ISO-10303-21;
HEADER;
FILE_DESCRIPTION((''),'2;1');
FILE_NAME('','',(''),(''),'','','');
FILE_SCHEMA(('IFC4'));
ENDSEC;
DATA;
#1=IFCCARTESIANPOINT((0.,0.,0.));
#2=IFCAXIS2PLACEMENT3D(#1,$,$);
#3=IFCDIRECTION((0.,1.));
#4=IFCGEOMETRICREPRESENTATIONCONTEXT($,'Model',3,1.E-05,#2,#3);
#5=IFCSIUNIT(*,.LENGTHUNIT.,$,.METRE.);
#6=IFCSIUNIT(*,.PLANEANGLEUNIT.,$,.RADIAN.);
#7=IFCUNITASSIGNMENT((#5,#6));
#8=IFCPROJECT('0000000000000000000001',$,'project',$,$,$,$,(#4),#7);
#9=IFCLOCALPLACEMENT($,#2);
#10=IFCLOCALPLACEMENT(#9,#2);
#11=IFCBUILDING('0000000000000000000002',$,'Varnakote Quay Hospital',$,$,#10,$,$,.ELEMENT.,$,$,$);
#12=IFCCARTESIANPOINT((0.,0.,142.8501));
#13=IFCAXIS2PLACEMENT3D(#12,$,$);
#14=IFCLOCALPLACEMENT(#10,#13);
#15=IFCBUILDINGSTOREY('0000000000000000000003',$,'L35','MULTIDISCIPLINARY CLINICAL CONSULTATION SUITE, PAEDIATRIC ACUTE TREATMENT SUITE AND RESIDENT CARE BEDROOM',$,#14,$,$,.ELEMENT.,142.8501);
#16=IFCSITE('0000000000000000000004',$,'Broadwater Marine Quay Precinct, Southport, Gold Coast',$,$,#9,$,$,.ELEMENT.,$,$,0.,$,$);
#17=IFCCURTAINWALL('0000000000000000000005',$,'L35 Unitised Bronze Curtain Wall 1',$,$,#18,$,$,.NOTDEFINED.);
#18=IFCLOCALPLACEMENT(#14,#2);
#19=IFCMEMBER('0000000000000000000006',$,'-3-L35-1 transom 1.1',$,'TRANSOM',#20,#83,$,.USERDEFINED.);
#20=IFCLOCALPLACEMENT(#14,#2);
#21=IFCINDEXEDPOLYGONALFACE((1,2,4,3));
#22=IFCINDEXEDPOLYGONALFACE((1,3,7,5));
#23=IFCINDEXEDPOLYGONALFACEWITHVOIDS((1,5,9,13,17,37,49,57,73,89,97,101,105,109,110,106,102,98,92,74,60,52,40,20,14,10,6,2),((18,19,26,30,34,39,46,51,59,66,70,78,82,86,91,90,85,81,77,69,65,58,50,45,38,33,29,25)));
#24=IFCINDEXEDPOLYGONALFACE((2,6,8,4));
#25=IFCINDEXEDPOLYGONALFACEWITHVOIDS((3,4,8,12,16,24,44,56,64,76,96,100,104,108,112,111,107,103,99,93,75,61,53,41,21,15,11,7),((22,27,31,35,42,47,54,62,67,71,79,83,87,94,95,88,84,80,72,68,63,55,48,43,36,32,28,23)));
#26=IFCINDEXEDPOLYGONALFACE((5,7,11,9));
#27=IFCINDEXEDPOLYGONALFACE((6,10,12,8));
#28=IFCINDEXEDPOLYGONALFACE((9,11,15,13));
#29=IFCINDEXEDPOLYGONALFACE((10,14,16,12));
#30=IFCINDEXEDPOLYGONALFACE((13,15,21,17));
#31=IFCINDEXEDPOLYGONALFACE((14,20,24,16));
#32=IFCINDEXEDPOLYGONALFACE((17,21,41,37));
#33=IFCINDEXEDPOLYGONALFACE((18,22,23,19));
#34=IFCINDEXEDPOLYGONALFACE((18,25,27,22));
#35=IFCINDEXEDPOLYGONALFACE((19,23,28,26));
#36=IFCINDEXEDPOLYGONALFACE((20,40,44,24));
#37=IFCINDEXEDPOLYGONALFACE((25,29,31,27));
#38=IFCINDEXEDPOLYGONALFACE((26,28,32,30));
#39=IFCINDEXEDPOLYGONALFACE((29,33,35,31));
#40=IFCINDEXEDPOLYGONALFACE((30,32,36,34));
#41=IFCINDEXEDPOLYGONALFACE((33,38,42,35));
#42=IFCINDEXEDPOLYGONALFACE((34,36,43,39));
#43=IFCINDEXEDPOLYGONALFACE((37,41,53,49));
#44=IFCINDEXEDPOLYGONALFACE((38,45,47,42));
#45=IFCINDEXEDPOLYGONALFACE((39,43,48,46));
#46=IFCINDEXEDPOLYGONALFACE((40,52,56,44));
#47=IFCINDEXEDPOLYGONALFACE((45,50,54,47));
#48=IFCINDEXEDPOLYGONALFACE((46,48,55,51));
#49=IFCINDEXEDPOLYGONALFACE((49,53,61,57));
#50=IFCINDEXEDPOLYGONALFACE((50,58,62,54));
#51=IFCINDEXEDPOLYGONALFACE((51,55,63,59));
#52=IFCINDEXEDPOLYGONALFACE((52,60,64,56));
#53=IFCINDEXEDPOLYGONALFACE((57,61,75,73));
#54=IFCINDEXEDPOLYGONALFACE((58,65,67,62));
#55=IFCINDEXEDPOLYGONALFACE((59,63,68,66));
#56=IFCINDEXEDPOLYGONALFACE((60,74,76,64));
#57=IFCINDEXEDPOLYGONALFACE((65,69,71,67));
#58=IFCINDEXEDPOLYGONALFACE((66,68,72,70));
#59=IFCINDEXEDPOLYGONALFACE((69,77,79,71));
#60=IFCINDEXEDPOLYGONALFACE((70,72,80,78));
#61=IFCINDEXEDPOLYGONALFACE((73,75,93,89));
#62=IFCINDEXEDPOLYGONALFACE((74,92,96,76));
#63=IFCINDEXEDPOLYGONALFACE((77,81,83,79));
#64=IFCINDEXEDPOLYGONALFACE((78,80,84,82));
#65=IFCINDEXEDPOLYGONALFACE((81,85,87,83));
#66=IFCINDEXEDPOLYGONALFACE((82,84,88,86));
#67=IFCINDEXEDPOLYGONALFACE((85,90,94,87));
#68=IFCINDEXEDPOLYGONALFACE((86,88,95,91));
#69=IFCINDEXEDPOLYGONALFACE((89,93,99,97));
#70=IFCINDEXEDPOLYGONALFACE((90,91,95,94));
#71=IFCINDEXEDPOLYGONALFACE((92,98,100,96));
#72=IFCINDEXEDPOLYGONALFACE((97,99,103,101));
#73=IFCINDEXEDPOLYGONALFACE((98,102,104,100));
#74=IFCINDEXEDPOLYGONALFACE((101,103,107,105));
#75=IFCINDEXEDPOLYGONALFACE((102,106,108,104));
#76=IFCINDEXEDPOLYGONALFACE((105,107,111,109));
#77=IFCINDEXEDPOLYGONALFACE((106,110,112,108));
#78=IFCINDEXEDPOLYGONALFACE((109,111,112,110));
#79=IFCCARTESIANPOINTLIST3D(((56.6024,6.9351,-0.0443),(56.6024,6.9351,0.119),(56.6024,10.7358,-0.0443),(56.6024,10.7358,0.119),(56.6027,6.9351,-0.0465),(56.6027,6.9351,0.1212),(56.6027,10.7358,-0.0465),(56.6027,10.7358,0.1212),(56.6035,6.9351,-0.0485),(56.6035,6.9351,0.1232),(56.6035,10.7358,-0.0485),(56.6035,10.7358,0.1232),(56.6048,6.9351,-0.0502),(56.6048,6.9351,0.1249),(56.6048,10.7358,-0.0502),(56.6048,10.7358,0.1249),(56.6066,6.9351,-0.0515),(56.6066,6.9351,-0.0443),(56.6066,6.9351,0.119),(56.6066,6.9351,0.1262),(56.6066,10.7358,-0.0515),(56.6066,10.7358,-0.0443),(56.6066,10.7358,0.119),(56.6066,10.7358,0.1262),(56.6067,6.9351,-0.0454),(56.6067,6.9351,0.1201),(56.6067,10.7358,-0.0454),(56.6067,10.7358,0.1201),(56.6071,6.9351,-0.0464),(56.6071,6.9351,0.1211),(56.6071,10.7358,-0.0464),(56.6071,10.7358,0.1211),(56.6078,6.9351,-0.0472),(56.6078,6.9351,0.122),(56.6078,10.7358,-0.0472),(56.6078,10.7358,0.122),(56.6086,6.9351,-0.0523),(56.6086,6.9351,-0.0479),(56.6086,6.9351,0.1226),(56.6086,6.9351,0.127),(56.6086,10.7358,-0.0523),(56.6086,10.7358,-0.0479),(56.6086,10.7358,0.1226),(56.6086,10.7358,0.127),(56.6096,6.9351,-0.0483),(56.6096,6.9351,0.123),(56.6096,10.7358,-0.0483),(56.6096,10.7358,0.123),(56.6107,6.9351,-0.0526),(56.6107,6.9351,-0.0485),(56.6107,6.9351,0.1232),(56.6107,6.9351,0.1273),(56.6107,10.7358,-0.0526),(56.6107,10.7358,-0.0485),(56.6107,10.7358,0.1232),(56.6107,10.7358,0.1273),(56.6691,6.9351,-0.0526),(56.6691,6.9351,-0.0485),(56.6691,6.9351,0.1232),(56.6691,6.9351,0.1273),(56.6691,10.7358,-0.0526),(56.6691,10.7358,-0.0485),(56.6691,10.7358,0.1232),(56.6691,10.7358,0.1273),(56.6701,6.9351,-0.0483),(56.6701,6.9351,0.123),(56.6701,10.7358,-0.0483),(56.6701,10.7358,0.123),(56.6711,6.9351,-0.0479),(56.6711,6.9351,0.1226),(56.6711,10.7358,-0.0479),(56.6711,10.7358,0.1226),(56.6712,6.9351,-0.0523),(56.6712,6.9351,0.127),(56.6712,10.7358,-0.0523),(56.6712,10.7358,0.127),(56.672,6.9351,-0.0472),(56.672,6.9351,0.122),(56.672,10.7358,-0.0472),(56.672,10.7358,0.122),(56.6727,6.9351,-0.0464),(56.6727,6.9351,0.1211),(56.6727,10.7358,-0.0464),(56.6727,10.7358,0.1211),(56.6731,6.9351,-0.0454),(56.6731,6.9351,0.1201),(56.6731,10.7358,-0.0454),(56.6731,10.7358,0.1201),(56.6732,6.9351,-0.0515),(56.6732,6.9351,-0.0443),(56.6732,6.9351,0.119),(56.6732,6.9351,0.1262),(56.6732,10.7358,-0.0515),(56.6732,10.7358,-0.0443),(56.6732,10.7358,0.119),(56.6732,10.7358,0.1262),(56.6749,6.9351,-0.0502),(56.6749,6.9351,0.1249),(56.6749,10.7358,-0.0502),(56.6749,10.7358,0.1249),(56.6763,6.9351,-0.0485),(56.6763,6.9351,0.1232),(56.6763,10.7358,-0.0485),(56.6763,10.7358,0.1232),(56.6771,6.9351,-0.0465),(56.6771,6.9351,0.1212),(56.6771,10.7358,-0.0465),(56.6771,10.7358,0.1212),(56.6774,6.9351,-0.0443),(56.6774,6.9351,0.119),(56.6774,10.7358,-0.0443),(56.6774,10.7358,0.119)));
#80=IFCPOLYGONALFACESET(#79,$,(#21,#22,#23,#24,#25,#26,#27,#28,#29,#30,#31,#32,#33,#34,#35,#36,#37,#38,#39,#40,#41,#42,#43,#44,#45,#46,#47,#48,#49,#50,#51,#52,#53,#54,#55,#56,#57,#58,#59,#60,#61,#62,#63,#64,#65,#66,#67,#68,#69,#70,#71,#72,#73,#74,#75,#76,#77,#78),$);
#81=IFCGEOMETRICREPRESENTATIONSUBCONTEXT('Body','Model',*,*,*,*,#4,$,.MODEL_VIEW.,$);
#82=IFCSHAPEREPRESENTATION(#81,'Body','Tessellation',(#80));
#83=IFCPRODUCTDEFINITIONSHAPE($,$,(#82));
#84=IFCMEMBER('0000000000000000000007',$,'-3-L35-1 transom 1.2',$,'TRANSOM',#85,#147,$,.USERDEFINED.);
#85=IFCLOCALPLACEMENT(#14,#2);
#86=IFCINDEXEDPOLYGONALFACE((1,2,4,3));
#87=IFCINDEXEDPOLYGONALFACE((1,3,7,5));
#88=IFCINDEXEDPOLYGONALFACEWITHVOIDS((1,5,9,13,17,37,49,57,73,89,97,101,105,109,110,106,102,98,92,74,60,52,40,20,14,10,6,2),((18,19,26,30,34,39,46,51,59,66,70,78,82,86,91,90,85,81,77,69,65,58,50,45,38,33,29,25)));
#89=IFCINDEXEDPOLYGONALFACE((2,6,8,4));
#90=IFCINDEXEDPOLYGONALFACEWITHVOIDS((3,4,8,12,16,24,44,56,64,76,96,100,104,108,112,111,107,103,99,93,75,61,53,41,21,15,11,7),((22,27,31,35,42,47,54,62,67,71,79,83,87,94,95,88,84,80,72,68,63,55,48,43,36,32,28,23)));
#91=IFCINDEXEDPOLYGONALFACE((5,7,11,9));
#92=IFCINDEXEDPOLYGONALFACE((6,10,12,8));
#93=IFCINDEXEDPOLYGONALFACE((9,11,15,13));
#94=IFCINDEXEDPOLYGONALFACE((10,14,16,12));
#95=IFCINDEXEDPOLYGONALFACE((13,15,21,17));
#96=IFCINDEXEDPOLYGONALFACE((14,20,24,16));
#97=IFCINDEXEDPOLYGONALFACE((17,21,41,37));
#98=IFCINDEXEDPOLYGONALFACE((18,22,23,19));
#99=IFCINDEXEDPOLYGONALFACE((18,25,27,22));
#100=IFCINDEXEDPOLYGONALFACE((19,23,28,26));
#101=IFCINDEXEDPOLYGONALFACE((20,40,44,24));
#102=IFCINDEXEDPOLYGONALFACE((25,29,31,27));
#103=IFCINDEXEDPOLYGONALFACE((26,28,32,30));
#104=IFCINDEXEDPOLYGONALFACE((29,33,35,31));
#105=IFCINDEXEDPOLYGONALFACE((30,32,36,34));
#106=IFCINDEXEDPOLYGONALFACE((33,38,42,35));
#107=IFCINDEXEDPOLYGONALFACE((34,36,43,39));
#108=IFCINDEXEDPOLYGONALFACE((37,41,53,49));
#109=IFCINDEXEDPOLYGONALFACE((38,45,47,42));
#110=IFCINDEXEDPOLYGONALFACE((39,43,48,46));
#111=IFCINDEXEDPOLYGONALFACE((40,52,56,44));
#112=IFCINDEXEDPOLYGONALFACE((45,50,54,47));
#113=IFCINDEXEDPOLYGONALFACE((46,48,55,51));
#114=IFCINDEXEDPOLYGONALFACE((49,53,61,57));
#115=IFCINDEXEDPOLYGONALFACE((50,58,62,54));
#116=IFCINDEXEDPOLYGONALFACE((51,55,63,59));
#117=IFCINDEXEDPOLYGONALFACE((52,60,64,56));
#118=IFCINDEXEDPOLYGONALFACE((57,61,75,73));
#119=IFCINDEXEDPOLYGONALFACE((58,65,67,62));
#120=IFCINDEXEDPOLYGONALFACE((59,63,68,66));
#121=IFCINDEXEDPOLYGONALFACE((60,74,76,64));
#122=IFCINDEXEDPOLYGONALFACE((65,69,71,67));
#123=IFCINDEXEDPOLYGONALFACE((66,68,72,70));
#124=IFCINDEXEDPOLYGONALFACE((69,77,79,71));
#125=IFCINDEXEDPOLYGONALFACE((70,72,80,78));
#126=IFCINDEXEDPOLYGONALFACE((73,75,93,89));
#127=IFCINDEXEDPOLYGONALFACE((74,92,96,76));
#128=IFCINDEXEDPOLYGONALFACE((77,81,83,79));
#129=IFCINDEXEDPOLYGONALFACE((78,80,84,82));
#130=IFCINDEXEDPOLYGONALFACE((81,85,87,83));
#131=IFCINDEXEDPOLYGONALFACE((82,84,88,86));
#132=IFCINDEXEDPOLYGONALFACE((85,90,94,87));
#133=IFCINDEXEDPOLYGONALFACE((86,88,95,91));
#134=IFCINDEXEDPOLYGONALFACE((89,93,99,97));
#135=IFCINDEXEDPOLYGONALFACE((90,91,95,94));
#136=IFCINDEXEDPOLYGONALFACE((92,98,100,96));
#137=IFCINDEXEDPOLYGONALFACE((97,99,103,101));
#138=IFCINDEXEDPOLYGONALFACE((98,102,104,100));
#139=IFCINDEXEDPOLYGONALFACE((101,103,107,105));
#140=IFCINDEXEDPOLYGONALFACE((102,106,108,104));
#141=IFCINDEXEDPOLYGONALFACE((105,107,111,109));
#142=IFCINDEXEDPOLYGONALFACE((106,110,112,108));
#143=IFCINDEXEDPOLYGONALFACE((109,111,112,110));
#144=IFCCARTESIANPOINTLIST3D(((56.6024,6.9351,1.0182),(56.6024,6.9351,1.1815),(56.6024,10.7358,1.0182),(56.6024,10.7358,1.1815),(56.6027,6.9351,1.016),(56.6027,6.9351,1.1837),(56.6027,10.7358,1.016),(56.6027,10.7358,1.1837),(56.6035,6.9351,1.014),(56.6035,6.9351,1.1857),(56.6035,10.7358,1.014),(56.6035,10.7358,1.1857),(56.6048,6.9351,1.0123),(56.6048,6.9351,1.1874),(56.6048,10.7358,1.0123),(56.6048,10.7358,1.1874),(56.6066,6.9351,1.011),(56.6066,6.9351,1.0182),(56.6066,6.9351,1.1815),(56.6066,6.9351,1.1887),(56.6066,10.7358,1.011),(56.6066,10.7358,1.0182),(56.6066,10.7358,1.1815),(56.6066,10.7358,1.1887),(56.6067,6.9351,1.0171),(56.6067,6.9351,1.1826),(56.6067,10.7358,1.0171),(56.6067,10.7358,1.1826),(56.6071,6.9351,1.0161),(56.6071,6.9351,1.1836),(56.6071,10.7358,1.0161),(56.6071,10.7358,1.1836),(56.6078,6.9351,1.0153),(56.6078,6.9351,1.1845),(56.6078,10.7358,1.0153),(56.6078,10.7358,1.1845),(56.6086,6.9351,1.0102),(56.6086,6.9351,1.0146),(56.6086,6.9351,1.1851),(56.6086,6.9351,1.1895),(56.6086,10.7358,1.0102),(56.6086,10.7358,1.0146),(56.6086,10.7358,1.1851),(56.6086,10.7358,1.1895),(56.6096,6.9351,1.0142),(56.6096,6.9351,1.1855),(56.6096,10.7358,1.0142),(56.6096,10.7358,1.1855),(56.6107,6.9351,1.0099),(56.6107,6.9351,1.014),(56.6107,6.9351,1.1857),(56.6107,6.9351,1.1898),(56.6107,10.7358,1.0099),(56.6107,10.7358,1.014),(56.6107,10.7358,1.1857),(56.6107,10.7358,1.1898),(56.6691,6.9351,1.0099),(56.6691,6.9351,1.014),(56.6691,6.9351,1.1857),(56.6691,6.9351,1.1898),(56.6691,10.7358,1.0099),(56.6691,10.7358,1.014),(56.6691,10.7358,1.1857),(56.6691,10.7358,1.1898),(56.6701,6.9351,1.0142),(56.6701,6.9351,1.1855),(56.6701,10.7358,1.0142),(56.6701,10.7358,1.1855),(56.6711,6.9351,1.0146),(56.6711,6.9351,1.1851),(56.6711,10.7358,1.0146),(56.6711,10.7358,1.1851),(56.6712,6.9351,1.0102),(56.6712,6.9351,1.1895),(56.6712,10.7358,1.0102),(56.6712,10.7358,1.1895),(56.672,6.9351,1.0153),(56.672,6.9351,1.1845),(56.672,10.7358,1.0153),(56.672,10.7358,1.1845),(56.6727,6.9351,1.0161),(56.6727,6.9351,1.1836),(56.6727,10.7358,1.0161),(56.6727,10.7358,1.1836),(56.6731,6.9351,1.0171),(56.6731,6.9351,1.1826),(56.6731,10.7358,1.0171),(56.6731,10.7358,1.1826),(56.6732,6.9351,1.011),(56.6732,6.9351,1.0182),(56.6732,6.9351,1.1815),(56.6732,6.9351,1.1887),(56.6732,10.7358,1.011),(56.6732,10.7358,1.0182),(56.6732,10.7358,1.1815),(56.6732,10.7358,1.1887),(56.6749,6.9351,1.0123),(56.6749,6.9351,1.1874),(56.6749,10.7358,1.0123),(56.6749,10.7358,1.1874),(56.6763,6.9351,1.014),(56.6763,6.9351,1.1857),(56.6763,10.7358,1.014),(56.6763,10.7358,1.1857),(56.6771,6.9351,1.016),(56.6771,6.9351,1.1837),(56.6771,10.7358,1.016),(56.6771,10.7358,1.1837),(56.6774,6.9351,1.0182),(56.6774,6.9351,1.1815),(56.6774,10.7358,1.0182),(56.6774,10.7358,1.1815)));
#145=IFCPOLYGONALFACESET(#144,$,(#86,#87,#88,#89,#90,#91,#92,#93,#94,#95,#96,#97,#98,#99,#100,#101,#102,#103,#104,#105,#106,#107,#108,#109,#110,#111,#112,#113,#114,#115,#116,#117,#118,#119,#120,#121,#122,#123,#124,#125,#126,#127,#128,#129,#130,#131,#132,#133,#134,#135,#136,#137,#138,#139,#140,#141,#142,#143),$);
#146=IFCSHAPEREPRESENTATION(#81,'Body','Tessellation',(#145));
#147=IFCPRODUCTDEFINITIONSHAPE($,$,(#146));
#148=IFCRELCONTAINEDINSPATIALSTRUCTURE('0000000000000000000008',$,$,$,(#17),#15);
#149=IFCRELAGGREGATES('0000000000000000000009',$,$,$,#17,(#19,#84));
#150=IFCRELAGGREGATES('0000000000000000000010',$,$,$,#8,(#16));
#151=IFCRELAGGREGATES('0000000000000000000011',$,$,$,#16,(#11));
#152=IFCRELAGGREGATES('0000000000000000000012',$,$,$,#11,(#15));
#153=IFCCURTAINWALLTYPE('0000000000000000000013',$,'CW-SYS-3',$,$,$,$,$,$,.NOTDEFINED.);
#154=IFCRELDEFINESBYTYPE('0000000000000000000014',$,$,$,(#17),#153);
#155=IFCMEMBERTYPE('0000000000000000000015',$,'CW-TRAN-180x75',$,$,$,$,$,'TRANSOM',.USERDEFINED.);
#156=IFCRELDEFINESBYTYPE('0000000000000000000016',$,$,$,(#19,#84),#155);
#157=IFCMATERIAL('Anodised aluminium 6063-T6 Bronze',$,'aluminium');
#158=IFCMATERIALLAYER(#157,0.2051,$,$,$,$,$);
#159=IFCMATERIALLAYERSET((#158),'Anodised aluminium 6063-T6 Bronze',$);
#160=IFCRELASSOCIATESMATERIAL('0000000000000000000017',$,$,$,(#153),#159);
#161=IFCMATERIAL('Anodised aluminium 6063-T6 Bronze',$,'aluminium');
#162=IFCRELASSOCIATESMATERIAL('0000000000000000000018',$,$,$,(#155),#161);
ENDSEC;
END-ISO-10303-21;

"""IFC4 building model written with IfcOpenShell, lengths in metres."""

from ifc_helpers import new_model, si_unit, direction, frame, origin, origin_2d, place, context, subcontext, project, spatial, hollow_rectangle, extrude, material, layer, layer_set, material_profile, profile_set, type_object, element, aggregate, save


model = new_model("IFC4")

# Units and contexts
model_context = context("Model", 3, precision=1e-05, world=origin(), true_north=direction((0.0, 1.0)))
body_context = subcontext(model_context, "Body", "Model", "MODEL_VIEW")
ifc_project = project(units=[si_unit("LENGTHUNIT", "METRE"), si_unit("PLANEANGLEUNIT", "RADIAN")], contexts=[model_context])

# Site, building, storey
site_placement = place(None, origin())
site = spatial("IfcSite", under=ifc_project, at=site_placement, Name="Broadwater Marine Quay Precinct, Southport, Gold Coast", CompositionType="ELEMENT", RefElevation=0.0)
building_placement = place(site_placement, origin())
building = spatial("IfcBuilding", under=site, at=building_placement, Name="Varnakote Quay Hospital", CompositionType="ELEMENT")
storey_placement = place(building_placement, frame((0.0, 0.0, 142.8501)))
storey = spatial("IfcBuildingStorey", under=building, at=storey_placement, Name="L35", Description="MULTIDISCIPLINARY CLINICAL CONSULTATION SUITE, PAEDIATRIC ACUTE TREATMENT SUITE AND RESIDENT CARE BEDROOM", CompositionType="ELEMENT", Elevation=142.8501)

# Curtain wall, members
ifc_material_1 = material(Name="Anodised aluminium 6063-T6 Bronze", Category="aluminium")
ifc_layer_1 = layer(ifc_material_1, 0.2051)
ifc_layer_set_1 = layer_set([ifc_layer_1], Name="Anodised aluminium 6063-T6 Bronze")
curtain_wall_type = type_object("IfcCurtainWallType", Name="CW-SYS-3", PredefinedType="NOTDEFINED", material=ifc_layer_set_1)
curtain_wall_placement = place(storey_placement, origin())
curtain_wall = element("IfcCurtainWall", 1, at=curtain_wall_placement, inside=storey, type_object=curtain_wall_type, Name="L35 Unitised Bronze Curtain Wall 1", PredefinedType="NOTDEFINED")
ifc_material_2 = material(Name="Anodised aluminium 6063-T6 Bronze", Category="aluminium")
ifc_material_profile_1 = material_profile(ifc_material_2, hollow_rectangle(XDim=0.075, YDim=0.1799, WallThickness=0.0042, InnerFilletRadius=0.0042, OuterFilletRadius=0.0083, at=origin_2d()), Name="CW-TRAN-180x75")
ifc_profile_set_1 = profile_set([ifc_material_profile_1], Name="Anodised aluminium 6063-T6 Bronze")
member_type_1 = type_object("IfcMemberType", Name="CW-TRAN-180x75", ElementType="TRANSOM", PredefinedType="USERDEFINED", material=ifc_profile_set_1)
member_1_placement = place(storey_placement, frame((56.6399, 6.9351, 0.0374), z_axis=(0.0, 1.0, 0.0), x_axis=(-1.0, 0.0, 0.0)))
member_1 = element("IfcMember", 2, at=member_1_placement, type_object=member_type_1, Name="-3-L35-1 transom 1.1", ObjectType="TRANSOM", PredefinedType="USERDEFINED", context=body_context, shape_type="SweptSolid", body=[
    extrude(hollow_rectangle(XDim=0.075, YDim=0.1799, WallThickness=0.0042, InnerFilletRadius=0.0042, OuterFilletRadius=0.0083, at=origin_2d()), origin(), (0.0, 0.0, 1.0), 3.8008),
])
member_2_placement = place(storey_placement, frame((56.6399, 6.9351, 1.0999), z_axis=(0.0, 1.0, 0.0), x_axis=(-1.0, 0.0, 0.0)))
member_2 = element("IfcMember", 3, at=member_2_placement, type_object=member_type_1, Name="-3-L35-1 transom 1.2", ObjectType="TRANSOM", PredefinedType="USERDEFINED", context=body_context, shape_type="SweptSolid", body=[
    extrude(hollow_rectangle(XDim=0.075, YDim=0.1799, WallThickness=0.0042, InnerFilletRadius=0.0042, OuterFilletRadius=0.0083, at=origin_2d()), origin(), (0.0, 0.0, 1.0), 3.8008),
])
aggregate(curtain_wall, [member_1, member_2])

save(model, "model.ifc")
